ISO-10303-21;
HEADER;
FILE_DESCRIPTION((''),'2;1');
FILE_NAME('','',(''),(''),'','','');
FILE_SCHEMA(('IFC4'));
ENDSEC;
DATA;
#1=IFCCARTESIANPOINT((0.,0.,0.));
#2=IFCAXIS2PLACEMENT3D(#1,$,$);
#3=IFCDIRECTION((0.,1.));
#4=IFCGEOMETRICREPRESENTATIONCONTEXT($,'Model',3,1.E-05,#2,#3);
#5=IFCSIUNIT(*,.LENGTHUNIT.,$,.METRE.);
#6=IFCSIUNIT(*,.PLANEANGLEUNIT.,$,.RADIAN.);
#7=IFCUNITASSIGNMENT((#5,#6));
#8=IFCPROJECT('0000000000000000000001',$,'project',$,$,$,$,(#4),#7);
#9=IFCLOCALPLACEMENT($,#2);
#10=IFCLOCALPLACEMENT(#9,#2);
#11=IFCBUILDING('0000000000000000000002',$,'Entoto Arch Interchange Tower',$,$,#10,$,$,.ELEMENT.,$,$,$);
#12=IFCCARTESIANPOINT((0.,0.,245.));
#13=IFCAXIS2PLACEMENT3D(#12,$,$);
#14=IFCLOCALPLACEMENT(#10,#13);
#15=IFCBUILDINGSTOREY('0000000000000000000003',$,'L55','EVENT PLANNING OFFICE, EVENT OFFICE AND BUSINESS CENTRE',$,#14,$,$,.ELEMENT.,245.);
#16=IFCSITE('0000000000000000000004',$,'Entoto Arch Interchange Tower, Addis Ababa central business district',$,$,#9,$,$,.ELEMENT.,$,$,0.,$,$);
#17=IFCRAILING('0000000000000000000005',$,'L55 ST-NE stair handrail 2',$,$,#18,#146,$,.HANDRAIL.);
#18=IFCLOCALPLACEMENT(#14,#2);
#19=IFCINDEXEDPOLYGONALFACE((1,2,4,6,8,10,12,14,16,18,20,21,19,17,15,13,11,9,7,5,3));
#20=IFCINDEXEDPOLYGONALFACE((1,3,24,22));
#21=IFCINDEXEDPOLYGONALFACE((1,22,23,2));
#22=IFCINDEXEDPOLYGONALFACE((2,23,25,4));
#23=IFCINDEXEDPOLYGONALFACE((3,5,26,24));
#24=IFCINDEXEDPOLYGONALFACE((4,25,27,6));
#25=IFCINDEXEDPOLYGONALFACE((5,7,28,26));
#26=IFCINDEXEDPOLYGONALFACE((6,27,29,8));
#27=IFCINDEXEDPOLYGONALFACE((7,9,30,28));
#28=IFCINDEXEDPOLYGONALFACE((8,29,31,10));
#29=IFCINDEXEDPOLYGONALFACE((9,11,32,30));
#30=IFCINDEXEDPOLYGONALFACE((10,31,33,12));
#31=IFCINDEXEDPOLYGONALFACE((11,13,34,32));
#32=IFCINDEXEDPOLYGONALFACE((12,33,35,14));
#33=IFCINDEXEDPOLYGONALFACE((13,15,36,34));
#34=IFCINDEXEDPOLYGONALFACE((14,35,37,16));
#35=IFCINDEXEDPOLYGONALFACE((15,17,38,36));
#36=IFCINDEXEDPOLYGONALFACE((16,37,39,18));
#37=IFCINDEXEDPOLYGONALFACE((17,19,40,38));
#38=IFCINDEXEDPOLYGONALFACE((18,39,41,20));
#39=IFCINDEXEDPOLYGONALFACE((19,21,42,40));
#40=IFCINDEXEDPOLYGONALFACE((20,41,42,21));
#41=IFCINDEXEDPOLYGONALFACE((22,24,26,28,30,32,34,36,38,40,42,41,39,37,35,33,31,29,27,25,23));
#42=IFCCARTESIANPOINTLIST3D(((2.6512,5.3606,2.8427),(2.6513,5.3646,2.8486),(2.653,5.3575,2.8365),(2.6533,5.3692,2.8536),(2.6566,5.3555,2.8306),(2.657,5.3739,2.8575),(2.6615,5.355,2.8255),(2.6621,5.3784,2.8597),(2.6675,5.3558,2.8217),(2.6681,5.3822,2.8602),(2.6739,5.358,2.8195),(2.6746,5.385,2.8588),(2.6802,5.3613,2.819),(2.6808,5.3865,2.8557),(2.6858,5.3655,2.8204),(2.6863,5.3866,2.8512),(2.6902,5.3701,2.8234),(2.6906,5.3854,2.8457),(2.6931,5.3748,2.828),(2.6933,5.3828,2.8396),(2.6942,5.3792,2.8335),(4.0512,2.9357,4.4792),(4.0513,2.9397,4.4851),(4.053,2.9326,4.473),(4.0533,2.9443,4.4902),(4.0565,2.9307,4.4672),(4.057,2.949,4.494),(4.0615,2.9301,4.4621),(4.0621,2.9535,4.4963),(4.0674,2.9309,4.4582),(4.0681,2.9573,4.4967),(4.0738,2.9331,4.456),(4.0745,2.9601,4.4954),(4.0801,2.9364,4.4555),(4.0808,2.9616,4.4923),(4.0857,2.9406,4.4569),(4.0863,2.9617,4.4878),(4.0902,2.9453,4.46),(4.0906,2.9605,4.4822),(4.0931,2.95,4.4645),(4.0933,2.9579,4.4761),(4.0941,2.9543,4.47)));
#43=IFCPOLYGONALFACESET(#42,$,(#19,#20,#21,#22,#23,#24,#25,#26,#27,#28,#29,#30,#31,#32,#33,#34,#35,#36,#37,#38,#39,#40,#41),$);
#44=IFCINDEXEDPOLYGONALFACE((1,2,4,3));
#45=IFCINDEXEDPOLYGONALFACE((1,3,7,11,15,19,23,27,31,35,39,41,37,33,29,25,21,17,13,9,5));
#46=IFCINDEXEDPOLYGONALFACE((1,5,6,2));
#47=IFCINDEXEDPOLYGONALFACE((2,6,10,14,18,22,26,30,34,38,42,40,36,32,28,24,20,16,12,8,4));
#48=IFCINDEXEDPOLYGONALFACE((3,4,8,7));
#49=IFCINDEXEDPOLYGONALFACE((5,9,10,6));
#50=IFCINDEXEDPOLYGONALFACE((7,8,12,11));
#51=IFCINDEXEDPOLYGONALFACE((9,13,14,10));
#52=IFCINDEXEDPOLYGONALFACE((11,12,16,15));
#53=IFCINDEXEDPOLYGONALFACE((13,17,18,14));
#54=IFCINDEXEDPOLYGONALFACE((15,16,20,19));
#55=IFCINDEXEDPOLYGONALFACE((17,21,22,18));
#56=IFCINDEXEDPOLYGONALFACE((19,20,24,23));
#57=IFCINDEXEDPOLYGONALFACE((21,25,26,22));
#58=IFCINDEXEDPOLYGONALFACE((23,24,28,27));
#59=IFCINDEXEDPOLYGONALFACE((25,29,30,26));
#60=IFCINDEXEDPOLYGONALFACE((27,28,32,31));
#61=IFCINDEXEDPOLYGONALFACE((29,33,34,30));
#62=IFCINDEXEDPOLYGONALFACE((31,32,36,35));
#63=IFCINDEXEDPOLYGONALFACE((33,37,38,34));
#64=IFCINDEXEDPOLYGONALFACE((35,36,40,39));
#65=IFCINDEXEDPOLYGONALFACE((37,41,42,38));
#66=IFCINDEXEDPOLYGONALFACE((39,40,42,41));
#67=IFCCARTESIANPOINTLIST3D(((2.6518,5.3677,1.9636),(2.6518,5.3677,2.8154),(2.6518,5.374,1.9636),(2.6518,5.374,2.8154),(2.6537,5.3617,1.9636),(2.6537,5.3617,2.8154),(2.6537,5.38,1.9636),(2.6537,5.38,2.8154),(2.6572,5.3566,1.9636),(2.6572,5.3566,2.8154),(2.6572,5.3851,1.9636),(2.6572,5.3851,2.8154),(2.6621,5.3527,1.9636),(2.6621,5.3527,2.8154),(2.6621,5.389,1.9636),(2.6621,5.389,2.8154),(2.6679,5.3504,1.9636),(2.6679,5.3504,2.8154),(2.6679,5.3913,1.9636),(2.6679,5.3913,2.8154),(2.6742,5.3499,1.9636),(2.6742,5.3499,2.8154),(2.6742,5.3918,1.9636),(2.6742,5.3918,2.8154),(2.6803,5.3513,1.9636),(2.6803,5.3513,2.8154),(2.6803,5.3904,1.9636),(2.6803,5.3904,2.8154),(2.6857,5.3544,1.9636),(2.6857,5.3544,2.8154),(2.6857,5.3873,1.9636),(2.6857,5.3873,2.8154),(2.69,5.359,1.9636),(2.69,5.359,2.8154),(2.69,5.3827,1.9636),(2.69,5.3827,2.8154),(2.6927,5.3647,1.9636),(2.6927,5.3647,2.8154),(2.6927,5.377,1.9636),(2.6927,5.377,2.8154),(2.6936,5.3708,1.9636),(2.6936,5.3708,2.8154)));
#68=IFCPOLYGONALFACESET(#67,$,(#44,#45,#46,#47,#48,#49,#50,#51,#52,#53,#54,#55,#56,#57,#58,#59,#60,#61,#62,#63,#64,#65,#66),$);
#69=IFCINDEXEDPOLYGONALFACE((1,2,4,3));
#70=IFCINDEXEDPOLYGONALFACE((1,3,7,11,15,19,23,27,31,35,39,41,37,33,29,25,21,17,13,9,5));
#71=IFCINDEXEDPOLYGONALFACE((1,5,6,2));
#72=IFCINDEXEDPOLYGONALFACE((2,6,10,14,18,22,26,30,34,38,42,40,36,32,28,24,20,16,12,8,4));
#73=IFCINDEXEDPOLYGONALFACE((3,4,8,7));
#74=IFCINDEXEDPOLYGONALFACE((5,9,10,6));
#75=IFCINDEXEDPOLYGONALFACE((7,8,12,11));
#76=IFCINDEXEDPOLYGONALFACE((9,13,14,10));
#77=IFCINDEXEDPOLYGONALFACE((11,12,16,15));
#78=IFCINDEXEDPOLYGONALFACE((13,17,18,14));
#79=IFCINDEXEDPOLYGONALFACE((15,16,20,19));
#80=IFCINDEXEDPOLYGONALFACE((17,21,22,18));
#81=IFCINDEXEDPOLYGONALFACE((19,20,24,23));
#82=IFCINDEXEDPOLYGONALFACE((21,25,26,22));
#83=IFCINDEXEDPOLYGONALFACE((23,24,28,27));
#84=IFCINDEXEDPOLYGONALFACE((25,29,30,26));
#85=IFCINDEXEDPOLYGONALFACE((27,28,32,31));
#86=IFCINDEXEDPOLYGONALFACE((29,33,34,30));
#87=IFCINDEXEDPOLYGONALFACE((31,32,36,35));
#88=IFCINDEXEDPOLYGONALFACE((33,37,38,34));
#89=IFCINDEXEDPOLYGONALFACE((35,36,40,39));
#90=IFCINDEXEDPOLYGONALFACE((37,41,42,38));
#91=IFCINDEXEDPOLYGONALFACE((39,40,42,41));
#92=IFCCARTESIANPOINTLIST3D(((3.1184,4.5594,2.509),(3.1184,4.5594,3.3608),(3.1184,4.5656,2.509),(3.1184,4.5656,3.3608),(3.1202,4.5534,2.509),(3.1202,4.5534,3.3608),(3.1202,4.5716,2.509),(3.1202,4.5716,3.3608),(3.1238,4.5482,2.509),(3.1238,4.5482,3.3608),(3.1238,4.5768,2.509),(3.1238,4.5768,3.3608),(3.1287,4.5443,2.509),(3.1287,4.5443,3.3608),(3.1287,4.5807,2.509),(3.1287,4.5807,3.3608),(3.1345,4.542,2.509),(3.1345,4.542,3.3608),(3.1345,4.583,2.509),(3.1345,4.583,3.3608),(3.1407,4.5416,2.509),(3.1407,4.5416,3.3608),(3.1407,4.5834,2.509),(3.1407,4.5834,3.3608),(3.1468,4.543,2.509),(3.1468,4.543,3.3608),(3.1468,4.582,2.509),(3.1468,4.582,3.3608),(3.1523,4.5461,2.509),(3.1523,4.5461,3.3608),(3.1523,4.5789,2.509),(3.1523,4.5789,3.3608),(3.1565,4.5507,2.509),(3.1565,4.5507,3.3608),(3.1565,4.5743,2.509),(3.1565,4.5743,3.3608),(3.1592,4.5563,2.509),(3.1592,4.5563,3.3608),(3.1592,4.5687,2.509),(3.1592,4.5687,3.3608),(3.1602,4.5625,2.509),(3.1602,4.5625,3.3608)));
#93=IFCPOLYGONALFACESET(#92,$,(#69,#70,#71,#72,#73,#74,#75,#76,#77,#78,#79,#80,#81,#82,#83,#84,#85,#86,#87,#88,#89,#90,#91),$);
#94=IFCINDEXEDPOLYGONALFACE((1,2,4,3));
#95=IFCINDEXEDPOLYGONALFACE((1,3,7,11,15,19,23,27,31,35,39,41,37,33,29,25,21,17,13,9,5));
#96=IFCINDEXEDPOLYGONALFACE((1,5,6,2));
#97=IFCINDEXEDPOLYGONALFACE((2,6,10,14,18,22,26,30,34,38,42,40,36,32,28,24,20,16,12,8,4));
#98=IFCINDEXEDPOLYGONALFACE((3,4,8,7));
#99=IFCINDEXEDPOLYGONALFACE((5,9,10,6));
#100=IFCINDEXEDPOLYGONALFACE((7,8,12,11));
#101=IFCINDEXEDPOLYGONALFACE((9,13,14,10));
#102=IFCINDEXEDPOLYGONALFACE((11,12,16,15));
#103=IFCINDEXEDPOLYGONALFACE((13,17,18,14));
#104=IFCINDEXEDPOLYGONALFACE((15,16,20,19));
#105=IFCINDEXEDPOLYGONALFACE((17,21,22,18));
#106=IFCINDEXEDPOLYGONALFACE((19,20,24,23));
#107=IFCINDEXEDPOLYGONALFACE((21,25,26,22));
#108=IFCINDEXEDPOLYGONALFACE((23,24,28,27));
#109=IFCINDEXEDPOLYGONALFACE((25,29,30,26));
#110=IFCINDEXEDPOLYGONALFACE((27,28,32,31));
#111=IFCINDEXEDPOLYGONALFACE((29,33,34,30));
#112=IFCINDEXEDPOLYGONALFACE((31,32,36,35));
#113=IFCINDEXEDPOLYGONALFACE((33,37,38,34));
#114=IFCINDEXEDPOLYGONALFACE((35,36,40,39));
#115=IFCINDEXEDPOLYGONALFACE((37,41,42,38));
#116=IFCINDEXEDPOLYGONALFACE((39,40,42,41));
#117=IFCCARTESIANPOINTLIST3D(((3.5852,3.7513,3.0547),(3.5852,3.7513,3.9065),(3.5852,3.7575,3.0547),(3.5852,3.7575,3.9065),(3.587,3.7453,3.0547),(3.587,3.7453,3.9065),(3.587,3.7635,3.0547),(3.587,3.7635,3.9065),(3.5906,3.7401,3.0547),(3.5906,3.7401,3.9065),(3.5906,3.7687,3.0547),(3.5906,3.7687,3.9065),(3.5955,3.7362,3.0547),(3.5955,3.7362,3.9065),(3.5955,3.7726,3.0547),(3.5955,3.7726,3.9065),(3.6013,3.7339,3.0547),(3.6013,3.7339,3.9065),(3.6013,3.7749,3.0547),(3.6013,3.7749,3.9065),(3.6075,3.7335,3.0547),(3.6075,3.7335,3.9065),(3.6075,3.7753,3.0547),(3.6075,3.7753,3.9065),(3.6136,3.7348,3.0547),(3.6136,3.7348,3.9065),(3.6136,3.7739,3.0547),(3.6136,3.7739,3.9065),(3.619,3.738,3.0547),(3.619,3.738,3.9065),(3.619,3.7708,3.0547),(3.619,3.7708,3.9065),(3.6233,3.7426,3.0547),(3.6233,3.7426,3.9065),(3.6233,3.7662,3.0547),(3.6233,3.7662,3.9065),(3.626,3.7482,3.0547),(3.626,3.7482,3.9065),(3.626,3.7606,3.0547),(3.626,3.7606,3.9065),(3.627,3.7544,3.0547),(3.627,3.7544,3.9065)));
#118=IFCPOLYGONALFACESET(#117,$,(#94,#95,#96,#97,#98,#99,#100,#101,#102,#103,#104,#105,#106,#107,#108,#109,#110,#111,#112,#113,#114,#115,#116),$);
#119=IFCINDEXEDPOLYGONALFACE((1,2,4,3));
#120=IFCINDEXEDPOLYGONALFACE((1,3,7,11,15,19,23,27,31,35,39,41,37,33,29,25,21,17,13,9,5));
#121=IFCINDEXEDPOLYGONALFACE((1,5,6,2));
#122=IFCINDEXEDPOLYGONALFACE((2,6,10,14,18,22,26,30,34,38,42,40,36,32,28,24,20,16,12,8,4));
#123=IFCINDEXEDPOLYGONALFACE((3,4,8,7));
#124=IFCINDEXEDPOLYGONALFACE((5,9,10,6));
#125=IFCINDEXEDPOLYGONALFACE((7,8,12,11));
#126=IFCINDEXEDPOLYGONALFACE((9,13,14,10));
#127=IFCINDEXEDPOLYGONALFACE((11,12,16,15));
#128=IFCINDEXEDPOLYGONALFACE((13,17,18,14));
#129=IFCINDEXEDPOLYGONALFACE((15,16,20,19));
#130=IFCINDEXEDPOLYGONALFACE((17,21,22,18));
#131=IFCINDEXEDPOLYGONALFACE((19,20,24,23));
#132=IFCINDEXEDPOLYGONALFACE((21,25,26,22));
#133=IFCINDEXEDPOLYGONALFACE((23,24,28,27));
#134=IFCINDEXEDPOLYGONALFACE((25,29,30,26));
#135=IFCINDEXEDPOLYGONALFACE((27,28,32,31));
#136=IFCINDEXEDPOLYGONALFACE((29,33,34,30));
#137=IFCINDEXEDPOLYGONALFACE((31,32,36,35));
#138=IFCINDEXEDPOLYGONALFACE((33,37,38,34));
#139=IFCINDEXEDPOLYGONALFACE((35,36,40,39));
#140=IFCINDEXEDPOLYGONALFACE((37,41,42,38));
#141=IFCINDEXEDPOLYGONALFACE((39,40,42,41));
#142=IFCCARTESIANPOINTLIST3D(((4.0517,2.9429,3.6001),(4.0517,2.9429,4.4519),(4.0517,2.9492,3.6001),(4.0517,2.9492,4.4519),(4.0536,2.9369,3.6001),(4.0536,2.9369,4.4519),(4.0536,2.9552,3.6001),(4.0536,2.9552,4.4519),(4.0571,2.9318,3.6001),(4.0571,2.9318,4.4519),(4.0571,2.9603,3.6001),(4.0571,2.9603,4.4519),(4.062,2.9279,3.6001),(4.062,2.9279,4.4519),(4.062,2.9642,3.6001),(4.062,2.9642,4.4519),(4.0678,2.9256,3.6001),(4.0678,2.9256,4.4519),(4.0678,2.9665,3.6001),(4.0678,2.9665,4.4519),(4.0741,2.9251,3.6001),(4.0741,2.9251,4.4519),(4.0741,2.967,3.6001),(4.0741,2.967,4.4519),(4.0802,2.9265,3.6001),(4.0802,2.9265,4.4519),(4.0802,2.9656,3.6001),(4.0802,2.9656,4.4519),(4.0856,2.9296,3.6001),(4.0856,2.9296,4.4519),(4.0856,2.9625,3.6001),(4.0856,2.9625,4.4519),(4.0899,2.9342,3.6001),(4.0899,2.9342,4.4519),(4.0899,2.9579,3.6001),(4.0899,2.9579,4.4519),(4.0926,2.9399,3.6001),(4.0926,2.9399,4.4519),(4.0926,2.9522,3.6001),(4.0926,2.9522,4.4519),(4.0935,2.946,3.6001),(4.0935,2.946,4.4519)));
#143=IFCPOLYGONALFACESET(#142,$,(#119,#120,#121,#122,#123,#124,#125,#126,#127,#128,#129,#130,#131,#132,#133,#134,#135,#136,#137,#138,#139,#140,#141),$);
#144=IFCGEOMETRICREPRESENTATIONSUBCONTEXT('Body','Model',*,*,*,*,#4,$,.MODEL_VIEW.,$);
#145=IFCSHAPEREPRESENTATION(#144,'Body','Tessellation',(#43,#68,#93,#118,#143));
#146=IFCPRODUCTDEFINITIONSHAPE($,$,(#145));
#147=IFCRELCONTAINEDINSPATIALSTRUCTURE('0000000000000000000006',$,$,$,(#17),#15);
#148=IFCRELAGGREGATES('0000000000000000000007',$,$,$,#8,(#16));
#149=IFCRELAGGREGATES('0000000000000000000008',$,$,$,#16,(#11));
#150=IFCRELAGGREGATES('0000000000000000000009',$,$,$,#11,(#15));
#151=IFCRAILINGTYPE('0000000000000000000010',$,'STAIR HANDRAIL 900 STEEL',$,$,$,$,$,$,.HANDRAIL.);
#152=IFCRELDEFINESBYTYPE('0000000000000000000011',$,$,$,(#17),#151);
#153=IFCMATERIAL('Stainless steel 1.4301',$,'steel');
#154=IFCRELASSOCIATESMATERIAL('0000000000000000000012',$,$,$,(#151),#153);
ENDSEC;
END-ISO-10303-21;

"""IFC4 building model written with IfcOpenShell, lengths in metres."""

from ifc_helpers import new_model, si_unit, direction, frame, origin, origin_2d, place, context, subcontext, project, spatial, circle, extrude, material, type_object, element, save


model = new_model("IFC4")

# Units and contexts
model_context = context("Model", 3, precision=1e-05, world=origin(), true_north=direction((0.0, 1.0)))
body_context = subcontext(model_context, "Body", "Model", "MODEL_VIEW")
ifc_project = project(units=[si_unit("LENGTHUNIT", "METRE"), si_unit("PLANEANGLEUNIT", "RADIAN")], contexts=[model_context])

# Site, building, storey
site_placement = place(None, origin())
site = spatial("IfcSite", under=ifc_project, at=site_placement, Name="Entoto Arch Interchange Tower, Addis Ababa central business district", CompositionType="ELEMENT", RefElevation=0.0)
building_placement = place(site_placement, origin())
building = spatial("IfcBuilding", under=site, at=building_placement, Name="Entoto Arch Interchange Tower", CompositionType="ELEMENT")
storey_placement = place(building_placement, frame((0.0, 0.0, 245.0)))
storey = spatial("IfcBuildingStorey", under=building, at=storey_placement, Name="L55", Description="EVENT PLANNING OFFICE, EVENT OFFICE AND BUSINESS CENTRE", CompositionType="ELEMENT", Elevation=245.0)

# Railing
ifc_material_1 = material(Name="Stainless steel 1.4301", Category="steel")
railing_type_1 = type_object("IfcRailingType", Name="STAIR HANDRAIL 900 STEEL", PredefinedType="HANDRAIL", material=ifc_material_1)
railing_1_placement = place(storey_placement, frame((2.6726, 5.3708, 1.9636)))
element("IfcRailing", 1, at=railing_1_placement, inside=storey, type_object=railing_type_1, Name="L55 ST-NE stair handrail 2", PredefinedType="HANDRAIL", context=body_context, shape_type="SweptSolid", body=[
    extrude(circle(Radius=0.0239, at=origin_2d()), frame((0.0, 0.0, 0.876), z_axis=(0.431661, -0.74769, 0.504608), x_axis=(0.866035, 0.499984, 0.0)), (0.0, 0.0, 1.0), 3.2432),
    extrude(circle(Radius=0.021, at=origin_2d()), origin(), (0.0, 0.0, 1.0), 0.8518),
    extrude(circle(Radius=0.021, at=origin_2d()), frame((0.4666, -0.8083, 0.5454)), (0.0, 0.0, 1.0), 0.8518),
    extrude(circle(Radius=0.021, at=origin_2d()), frame((0.9333, -1.6165, 1.0911)), (0.0, 0.0, 1.0), 0.8518),
    extrude(circle(Radius=0.021, at=origin_2d()), frame((1.3999, -2.4248, 1.6365)), (0.0, 0.0, 1.0), 0.8518),
])

save(model, "model.ifc")
